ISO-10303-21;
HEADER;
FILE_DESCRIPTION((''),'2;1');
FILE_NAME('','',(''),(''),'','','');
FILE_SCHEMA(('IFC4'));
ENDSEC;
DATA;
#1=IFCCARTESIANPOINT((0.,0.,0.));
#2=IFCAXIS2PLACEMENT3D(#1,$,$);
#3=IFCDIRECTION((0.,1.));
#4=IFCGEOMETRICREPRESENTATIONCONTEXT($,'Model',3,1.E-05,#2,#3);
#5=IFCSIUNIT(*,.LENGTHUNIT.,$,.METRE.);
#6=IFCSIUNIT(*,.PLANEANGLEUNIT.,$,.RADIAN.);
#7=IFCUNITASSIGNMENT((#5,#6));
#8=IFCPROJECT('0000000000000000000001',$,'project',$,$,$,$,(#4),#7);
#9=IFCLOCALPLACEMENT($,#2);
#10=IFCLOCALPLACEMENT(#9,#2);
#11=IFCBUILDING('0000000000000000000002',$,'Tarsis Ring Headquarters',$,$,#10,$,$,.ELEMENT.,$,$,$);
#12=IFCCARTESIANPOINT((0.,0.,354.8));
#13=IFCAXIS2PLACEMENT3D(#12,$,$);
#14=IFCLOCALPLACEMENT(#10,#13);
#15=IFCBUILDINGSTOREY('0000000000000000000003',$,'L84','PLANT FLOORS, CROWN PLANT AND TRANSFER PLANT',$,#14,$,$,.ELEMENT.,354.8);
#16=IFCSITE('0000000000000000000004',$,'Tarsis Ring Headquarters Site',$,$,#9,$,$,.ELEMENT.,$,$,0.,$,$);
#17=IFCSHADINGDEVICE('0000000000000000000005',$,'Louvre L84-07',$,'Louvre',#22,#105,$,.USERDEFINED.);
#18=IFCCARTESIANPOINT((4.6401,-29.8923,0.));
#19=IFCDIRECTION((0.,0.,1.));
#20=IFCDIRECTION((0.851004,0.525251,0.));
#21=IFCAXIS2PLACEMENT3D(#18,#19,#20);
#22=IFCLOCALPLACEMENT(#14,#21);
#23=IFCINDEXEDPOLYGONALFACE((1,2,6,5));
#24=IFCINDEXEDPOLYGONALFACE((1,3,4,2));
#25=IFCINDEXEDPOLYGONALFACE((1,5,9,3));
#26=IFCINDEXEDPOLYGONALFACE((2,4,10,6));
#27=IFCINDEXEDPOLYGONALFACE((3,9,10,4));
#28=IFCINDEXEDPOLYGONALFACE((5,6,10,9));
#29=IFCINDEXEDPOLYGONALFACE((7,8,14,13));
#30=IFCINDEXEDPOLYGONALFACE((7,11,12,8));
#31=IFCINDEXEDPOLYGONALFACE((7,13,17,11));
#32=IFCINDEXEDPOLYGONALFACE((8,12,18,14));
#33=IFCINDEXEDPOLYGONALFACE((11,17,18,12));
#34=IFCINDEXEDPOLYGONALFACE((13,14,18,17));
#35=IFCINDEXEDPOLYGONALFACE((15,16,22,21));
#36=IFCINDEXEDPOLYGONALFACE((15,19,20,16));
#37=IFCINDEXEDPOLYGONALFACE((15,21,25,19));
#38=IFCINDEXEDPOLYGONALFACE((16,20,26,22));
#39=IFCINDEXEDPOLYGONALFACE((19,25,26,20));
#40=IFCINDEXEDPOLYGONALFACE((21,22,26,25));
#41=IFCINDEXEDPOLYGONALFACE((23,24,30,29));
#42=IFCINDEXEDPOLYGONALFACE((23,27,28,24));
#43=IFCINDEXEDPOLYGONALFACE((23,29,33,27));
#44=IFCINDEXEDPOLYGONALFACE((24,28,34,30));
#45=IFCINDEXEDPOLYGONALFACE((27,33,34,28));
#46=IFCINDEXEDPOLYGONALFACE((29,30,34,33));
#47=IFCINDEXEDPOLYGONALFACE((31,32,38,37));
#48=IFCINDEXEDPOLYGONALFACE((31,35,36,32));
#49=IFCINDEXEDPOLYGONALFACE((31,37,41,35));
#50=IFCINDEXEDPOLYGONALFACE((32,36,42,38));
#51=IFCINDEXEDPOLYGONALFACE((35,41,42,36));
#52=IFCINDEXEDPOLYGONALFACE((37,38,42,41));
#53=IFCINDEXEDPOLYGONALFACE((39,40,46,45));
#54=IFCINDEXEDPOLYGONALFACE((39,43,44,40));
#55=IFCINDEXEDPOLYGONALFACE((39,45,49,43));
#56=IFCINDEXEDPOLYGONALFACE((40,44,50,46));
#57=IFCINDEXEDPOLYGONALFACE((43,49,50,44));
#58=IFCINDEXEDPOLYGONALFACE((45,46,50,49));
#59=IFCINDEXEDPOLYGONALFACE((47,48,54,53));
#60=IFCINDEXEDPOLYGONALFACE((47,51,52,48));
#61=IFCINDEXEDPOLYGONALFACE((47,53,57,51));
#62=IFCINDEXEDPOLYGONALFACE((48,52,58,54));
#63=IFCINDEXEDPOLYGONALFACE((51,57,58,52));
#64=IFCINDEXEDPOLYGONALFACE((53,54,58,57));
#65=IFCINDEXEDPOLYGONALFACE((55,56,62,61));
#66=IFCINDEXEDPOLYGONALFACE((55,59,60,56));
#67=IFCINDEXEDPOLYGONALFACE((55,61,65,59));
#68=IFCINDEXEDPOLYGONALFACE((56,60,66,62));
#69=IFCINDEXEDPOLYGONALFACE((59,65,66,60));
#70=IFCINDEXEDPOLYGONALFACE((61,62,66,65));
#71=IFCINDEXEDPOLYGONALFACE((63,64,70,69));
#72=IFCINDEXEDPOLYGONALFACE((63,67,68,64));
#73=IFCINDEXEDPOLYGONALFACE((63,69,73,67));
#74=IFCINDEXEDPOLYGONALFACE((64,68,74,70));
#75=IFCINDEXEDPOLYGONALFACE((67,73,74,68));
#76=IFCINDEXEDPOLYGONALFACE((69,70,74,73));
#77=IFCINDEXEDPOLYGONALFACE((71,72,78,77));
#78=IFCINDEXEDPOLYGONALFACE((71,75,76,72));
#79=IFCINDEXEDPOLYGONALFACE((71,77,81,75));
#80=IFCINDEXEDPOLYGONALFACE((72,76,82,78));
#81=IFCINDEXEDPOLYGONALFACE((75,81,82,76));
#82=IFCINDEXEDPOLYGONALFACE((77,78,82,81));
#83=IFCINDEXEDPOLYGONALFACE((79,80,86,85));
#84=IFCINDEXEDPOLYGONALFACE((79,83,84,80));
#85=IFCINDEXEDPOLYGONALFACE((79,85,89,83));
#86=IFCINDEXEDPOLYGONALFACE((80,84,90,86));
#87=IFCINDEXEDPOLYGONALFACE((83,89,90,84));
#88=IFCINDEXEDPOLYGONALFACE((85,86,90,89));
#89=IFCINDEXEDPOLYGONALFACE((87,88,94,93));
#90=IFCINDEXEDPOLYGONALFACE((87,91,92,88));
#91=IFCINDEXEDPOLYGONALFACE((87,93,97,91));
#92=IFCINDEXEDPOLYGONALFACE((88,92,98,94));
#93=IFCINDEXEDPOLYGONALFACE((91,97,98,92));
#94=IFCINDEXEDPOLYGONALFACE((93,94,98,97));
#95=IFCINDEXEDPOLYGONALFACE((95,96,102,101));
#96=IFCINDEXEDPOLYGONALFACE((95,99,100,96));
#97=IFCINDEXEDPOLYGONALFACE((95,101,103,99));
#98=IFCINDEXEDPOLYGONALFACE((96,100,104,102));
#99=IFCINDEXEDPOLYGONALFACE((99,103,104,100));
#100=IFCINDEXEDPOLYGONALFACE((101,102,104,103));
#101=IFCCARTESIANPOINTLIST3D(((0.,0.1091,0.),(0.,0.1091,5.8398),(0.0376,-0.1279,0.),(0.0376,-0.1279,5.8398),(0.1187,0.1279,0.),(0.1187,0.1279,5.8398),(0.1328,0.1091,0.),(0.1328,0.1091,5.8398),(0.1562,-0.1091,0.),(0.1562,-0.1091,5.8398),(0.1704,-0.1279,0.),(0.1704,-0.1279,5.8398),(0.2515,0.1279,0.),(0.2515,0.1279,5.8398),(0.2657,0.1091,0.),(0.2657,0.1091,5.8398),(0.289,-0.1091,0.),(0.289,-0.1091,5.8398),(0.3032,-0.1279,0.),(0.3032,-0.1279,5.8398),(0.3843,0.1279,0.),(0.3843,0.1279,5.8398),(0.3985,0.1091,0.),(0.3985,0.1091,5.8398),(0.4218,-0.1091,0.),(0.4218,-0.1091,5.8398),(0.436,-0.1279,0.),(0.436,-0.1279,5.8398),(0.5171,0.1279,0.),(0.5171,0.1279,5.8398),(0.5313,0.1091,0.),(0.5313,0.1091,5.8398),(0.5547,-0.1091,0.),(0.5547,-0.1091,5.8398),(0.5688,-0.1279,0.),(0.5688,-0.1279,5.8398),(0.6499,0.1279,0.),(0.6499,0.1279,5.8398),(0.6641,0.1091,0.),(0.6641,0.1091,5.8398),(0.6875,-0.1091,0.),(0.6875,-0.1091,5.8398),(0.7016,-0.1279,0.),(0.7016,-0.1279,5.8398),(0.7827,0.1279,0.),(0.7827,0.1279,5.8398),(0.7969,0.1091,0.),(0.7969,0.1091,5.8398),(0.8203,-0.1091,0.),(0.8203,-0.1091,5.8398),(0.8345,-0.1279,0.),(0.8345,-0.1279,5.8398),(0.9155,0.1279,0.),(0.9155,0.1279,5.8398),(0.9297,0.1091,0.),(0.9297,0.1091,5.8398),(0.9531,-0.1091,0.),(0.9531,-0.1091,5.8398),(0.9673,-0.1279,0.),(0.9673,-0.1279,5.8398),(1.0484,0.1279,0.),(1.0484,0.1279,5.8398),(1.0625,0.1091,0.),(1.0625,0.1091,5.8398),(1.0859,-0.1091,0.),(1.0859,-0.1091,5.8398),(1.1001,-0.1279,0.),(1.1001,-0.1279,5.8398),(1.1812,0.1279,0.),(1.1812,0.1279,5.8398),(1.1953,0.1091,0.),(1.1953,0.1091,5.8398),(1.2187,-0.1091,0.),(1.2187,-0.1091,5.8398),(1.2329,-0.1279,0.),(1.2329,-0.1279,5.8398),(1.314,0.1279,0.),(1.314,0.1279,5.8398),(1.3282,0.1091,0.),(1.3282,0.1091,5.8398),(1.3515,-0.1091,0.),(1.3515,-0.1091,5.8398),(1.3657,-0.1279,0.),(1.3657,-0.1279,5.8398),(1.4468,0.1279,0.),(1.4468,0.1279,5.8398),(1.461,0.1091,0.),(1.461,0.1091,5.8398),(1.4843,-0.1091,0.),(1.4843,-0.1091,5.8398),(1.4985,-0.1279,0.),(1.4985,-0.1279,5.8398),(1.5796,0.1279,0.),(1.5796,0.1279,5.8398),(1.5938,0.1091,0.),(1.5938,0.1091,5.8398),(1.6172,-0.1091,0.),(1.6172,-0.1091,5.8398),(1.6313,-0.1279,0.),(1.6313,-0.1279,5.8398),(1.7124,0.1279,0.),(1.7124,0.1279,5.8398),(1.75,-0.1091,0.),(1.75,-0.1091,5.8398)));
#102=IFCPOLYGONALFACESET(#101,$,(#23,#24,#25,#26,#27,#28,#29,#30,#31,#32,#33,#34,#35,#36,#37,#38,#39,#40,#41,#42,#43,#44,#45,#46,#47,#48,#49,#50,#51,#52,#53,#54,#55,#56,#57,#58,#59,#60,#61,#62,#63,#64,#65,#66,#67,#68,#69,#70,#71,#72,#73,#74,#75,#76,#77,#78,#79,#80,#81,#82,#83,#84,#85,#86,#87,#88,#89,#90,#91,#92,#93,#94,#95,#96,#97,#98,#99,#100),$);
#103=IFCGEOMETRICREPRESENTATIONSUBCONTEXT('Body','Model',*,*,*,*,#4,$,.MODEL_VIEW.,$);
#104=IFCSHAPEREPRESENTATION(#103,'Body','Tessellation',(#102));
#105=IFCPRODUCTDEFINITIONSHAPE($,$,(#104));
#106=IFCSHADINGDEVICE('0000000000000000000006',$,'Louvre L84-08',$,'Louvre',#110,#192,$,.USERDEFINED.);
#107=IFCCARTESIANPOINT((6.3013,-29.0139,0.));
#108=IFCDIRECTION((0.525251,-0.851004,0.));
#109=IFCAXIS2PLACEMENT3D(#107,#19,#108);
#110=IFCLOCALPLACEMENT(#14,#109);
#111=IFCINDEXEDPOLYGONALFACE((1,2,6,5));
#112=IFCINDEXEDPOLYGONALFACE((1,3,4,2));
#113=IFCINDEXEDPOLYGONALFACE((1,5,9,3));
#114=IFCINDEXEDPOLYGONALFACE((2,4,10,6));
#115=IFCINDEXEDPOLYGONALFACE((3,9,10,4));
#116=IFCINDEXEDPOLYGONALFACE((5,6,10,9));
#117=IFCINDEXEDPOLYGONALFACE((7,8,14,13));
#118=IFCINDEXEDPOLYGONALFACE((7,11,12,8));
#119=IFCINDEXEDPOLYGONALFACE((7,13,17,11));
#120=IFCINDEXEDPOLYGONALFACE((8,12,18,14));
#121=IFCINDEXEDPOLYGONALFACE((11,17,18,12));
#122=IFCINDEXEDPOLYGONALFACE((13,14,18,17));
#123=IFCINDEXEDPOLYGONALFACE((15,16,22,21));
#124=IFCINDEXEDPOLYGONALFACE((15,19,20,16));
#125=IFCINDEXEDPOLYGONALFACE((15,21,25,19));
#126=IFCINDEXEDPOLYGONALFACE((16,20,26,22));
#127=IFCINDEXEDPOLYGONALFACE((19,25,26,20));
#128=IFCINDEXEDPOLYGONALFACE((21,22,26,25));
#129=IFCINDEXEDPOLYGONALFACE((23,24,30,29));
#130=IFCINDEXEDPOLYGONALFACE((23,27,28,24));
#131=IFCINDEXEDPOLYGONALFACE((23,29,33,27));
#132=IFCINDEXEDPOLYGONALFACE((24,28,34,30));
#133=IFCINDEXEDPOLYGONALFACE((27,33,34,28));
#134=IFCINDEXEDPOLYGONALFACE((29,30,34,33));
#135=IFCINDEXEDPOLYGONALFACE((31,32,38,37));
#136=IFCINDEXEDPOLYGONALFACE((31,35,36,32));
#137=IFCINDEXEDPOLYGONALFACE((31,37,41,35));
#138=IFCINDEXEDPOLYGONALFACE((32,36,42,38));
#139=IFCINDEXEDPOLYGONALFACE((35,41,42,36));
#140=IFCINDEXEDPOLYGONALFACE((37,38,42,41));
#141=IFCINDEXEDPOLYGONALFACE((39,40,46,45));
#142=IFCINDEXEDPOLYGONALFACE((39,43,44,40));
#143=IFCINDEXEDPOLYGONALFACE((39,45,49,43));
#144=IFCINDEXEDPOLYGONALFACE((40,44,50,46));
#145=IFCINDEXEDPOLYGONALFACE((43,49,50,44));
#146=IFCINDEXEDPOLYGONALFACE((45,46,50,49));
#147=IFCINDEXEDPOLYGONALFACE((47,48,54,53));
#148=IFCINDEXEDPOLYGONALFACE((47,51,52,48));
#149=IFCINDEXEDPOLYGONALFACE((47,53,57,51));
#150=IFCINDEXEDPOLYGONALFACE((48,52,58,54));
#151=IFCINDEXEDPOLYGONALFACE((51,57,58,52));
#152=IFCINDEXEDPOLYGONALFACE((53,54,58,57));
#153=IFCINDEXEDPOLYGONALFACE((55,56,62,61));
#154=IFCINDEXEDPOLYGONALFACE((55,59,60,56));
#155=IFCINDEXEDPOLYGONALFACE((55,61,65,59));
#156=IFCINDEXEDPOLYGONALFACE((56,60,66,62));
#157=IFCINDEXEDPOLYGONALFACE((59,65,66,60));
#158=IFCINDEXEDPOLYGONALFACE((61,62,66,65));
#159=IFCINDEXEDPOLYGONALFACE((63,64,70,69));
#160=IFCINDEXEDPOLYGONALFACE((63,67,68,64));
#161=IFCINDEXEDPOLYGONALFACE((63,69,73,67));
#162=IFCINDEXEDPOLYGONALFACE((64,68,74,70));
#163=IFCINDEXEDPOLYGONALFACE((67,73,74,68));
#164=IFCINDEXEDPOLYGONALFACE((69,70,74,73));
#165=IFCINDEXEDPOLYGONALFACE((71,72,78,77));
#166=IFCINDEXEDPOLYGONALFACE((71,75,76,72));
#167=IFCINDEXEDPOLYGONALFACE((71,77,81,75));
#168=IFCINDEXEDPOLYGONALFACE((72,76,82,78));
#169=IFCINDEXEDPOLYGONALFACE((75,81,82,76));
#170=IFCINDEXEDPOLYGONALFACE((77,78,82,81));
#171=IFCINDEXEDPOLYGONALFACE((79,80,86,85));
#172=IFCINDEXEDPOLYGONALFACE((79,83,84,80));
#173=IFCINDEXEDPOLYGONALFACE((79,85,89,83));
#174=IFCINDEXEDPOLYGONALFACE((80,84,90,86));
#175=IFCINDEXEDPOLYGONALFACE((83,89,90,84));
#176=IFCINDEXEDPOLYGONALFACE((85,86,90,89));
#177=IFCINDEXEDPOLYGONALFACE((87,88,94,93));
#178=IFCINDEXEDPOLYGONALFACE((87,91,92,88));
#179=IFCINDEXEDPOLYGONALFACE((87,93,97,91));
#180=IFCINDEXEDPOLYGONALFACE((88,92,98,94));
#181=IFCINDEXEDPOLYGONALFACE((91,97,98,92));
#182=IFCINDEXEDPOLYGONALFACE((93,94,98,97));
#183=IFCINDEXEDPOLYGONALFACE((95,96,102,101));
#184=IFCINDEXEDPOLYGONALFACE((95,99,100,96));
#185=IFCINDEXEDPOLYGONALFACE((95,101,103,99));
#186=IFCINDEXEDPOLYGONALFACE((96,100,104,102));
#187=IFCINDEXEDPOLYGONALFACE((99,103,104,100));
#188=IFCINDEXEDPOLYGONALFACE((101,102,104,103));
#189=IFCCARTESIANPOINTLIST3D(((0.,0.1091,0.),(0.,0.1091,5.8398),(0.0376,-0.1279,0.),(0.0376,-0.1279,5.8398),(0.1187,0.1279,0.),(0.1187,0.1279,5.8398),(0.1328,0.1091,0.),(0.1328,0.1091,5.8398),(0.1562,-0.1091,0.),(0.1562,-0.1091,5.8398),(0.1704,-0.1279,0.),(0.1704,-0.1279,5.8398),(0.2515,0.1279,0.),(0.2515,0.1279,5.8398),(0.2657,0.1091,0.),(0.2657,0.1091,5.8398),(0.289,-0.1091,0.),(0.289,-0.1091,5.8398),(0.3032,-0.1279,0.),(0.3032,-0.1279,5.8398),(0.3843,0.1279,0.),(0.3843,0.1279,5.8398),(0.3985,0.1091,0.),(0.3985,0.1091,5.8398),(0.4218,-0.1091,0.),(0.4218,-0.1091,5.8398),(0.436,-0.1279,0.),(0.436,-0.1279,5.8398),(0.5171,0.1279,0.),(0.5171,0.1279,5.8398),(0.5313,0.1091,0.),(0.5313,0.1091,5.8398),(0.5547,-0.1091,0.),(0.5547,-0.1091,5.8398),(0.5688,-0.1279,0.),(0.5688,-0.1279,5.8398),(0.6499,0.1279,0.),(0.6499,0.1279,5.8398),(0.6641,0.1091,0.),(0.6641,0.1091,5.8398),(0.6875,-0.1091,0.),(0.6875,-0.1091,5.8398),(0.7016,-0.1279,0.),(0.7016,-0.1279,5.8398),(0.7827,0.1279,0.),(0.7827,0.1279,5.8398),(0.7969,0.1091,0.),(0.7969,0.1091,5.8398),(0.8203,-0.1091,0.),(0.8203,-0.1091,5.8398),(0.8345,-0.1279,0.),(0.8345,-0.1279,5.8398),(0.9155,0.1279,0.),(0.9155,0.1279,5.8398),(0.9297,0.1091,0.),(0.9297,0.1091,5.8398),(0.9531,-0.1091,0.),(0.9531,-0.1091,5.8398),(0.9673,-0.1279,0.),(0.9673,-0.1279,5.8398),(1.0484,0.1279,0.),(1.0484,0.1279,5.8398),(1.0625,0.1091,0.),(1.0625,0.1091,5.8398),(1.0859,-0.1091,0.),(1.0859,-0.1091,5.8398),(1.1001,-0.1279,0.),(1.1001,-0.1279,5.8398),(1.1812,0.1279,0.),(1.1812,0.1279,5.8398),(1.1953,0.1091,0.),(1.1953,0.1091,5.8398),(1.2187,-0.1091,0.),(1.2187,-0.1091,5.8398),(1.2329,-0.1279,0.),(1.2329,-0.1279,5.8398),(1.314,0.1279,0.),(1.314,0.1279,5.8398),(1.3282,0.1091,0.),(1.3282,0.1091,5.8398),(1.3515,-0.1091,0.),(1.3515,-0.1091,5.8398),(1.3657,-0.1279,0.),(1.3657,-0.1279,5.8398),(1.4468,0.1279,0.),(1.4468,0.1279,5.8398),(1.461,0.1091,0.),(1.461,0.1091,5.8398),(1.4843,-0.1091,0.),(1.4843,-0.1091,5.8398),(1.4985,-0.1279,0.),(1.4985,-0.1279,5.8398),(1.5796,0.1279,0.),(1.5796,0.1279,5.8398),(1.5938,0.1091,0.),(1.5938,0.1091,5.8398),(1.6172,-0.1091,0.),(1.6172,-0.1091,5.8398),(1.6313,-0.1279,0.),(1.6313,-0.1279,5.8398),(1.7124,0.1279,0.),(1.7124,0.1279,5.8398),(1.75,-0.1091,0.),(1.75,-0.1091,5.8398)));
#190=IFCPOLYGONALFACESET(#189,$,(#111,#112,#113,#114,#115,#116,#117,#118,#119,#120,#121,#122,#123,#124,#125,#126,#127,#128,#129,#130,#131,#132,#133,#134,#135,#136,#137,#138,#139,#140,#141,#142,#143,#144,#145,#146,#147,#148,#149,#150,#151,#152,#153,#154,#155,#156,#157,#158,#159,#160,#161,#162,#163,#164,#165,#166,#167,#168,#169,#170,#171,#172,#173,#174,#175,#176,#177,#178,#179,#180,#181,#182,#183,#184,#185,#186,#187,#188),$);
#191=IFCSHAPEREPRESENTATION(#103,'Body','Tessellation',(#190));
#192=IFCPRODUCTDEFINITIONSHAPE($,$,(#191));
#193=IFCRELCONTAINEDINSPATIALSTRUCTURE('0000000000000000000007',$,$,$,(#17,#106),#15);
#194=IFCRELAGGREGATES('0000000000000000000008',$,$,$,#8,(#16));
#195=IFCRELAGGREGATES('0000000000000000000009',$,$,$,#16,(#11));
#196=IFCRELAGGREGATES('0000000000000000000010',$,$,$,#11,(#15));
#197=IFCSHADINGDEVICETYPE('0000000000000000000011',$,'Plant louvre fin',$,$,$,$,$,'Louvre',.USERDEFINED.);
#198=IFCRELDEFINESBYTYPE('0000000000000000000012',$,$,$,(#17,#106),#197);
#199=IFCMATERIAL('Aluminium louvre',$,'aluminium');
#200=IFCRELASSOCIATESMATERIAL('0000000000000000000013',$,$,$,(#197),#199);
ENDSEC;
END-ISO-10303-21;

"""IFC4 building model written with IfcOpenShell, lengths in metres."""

from ifc_helpers import new_model, si_unit, direction, frame, frame_2d, origin, place, context, subcontext, project, spatial, rectangle, composite_profile, extrude, material, type_object, element, save


model = new_model("IFC4")

# Units and contexts
model_context = context("Model", 3, precision=1e-05, world=origin(), true_north=direction((0.0, 1.0)))
body_context = subcontext(model_context, "Body", "Model", "MODEL_VIEW")
ifc_project = project(units=[si_unit("LENGTHUNIT", "METRE"), si_unit("PLANEANGLEUNIT", "RADIAN")], contexts=[model_context])

# Site, building, storey
site_placement = place(None, origin())
site = spatial("IfcSite", under=ifc_project, at=site_placement, Name="Tarsis Ring Headquarters Site", CompositionType="ELEMENT", RefElevation=0.0)
building_placement = place(site_placement, origin())
building = spatial("IfcBuilding", under=site, at=building_placement, Name="Tarsis Ring Headquarters", CompositionType="ELEMENT")
storey_placement = place(building_placement, frame((0.0, 0.0, 354.8)))
storey = spatial("IfcBuildingStorey", under=building, at=storey_placement, Name="L84", Description="PLANT FLOORS, CROWN PLANT AND TRANSFER PLANT", CompositionType="ELEMENT", Elevation=354.8)

# Shading devices
ifc_material_1 = material(Name="Aluminium louvre", Category="aluminium")
shading_device_type_1 = type_object("IfcShadingDeviceType", Name="Plant louvre fin", ElementType="Louvre", PredefinedType="USERDEFINED", material=ifc_material_1)
for number, where, z_axis, x_axis, name in (
    (1, (4.6401, -29.8923, 0.0), (0.0, 0.0, 1.0), (0.851004, 0.525251, 0.0), "Louvre L84-07"),
    (2, (6.3013, -29.0139, 0.0), (0.0, 0.0, 1.0), (0.525251, -0.851004, 0.0), "Louvre L84-08"),
):
    element("IfcShadingDevice", number, at=place(storey_placement, frame(where, z_axis=z_axis, x_axis=x_axis)), inside=storey, type_object=shading_device_type_1, Name=name, ObjectType="Louvre", PredefinedType="USERDEFINED", context=body_context, shape_type="SweptSolid", body=[
        extrude(composite_profile([rectangle(XDim=0.1201, YDim=0.24, at=frame_2d((0.0781, 0.0), x_axis=(0.987688, 0.156434))), rectangle(XDim=0.1201, YDim=0.24, at=frame_2d((0.2109, 0.0), x_axis=(0.987688, 0.156434))), rectangle(XDim=0.1201, YDim=0.24, at=frame_2d((0.3438, 0.0), x_axis=(0.987688, 0.156434))), rectangle(XDim=0.1201, YDim=0.24, at=frame_2d((0.4766, 0.0), x_axis=(0.987688, 0.156434))), rectangle(XDim=0.1201, YDim=0.24, at=frame_2d((0.6094, 0.0), x_axis=(0.987688, 0.156434))), rectangle(XDim=0.1201, YDim=0.24, at=frame_2d((0.7422, 0.0), x_axis=(0.987688, 0.156434))), rectangle(XDim=0.1201, YDim=0.24, at=frame_2d((0.875, 0.0), x_axis=(0.987688, 0.156434))), rectangle(XDim=0.1201, YDim=0.24, at=frame_2d((1.0078, 0.0), x_axis=(0.987688, 0.156434))), rectangle(XDim=0.1201, YDim=0.24, at=frame_2d((1.1406, 0.0), x_axis=(0.987688, 0.156434))), rectangle(XDim=0.1201, YDim=0.24, at=frame_2d((1.2734, 0.0), x_axis=(0.987688, 0.156434))), rectangle(XDim=0.1201, YDim=0.24, at=frame_2d((1.4062, 0.0), x_axis=(0.987688, 0.156434))), rectangle(XDim=0.1201, YDim=0.24, at=frame_2d((1.5391, 0.0), x_axis=(0.987688, 0.156434))), rectangle(XDim=0.1201, YDim=0.24, at=frame_2d((1.6719, 0.0), x_axis=(0.987688, 0.156434)))]), origin(), (0.0, 0.0, 1.0), 5.8398),
    ])

save(model, "model.ifc")
